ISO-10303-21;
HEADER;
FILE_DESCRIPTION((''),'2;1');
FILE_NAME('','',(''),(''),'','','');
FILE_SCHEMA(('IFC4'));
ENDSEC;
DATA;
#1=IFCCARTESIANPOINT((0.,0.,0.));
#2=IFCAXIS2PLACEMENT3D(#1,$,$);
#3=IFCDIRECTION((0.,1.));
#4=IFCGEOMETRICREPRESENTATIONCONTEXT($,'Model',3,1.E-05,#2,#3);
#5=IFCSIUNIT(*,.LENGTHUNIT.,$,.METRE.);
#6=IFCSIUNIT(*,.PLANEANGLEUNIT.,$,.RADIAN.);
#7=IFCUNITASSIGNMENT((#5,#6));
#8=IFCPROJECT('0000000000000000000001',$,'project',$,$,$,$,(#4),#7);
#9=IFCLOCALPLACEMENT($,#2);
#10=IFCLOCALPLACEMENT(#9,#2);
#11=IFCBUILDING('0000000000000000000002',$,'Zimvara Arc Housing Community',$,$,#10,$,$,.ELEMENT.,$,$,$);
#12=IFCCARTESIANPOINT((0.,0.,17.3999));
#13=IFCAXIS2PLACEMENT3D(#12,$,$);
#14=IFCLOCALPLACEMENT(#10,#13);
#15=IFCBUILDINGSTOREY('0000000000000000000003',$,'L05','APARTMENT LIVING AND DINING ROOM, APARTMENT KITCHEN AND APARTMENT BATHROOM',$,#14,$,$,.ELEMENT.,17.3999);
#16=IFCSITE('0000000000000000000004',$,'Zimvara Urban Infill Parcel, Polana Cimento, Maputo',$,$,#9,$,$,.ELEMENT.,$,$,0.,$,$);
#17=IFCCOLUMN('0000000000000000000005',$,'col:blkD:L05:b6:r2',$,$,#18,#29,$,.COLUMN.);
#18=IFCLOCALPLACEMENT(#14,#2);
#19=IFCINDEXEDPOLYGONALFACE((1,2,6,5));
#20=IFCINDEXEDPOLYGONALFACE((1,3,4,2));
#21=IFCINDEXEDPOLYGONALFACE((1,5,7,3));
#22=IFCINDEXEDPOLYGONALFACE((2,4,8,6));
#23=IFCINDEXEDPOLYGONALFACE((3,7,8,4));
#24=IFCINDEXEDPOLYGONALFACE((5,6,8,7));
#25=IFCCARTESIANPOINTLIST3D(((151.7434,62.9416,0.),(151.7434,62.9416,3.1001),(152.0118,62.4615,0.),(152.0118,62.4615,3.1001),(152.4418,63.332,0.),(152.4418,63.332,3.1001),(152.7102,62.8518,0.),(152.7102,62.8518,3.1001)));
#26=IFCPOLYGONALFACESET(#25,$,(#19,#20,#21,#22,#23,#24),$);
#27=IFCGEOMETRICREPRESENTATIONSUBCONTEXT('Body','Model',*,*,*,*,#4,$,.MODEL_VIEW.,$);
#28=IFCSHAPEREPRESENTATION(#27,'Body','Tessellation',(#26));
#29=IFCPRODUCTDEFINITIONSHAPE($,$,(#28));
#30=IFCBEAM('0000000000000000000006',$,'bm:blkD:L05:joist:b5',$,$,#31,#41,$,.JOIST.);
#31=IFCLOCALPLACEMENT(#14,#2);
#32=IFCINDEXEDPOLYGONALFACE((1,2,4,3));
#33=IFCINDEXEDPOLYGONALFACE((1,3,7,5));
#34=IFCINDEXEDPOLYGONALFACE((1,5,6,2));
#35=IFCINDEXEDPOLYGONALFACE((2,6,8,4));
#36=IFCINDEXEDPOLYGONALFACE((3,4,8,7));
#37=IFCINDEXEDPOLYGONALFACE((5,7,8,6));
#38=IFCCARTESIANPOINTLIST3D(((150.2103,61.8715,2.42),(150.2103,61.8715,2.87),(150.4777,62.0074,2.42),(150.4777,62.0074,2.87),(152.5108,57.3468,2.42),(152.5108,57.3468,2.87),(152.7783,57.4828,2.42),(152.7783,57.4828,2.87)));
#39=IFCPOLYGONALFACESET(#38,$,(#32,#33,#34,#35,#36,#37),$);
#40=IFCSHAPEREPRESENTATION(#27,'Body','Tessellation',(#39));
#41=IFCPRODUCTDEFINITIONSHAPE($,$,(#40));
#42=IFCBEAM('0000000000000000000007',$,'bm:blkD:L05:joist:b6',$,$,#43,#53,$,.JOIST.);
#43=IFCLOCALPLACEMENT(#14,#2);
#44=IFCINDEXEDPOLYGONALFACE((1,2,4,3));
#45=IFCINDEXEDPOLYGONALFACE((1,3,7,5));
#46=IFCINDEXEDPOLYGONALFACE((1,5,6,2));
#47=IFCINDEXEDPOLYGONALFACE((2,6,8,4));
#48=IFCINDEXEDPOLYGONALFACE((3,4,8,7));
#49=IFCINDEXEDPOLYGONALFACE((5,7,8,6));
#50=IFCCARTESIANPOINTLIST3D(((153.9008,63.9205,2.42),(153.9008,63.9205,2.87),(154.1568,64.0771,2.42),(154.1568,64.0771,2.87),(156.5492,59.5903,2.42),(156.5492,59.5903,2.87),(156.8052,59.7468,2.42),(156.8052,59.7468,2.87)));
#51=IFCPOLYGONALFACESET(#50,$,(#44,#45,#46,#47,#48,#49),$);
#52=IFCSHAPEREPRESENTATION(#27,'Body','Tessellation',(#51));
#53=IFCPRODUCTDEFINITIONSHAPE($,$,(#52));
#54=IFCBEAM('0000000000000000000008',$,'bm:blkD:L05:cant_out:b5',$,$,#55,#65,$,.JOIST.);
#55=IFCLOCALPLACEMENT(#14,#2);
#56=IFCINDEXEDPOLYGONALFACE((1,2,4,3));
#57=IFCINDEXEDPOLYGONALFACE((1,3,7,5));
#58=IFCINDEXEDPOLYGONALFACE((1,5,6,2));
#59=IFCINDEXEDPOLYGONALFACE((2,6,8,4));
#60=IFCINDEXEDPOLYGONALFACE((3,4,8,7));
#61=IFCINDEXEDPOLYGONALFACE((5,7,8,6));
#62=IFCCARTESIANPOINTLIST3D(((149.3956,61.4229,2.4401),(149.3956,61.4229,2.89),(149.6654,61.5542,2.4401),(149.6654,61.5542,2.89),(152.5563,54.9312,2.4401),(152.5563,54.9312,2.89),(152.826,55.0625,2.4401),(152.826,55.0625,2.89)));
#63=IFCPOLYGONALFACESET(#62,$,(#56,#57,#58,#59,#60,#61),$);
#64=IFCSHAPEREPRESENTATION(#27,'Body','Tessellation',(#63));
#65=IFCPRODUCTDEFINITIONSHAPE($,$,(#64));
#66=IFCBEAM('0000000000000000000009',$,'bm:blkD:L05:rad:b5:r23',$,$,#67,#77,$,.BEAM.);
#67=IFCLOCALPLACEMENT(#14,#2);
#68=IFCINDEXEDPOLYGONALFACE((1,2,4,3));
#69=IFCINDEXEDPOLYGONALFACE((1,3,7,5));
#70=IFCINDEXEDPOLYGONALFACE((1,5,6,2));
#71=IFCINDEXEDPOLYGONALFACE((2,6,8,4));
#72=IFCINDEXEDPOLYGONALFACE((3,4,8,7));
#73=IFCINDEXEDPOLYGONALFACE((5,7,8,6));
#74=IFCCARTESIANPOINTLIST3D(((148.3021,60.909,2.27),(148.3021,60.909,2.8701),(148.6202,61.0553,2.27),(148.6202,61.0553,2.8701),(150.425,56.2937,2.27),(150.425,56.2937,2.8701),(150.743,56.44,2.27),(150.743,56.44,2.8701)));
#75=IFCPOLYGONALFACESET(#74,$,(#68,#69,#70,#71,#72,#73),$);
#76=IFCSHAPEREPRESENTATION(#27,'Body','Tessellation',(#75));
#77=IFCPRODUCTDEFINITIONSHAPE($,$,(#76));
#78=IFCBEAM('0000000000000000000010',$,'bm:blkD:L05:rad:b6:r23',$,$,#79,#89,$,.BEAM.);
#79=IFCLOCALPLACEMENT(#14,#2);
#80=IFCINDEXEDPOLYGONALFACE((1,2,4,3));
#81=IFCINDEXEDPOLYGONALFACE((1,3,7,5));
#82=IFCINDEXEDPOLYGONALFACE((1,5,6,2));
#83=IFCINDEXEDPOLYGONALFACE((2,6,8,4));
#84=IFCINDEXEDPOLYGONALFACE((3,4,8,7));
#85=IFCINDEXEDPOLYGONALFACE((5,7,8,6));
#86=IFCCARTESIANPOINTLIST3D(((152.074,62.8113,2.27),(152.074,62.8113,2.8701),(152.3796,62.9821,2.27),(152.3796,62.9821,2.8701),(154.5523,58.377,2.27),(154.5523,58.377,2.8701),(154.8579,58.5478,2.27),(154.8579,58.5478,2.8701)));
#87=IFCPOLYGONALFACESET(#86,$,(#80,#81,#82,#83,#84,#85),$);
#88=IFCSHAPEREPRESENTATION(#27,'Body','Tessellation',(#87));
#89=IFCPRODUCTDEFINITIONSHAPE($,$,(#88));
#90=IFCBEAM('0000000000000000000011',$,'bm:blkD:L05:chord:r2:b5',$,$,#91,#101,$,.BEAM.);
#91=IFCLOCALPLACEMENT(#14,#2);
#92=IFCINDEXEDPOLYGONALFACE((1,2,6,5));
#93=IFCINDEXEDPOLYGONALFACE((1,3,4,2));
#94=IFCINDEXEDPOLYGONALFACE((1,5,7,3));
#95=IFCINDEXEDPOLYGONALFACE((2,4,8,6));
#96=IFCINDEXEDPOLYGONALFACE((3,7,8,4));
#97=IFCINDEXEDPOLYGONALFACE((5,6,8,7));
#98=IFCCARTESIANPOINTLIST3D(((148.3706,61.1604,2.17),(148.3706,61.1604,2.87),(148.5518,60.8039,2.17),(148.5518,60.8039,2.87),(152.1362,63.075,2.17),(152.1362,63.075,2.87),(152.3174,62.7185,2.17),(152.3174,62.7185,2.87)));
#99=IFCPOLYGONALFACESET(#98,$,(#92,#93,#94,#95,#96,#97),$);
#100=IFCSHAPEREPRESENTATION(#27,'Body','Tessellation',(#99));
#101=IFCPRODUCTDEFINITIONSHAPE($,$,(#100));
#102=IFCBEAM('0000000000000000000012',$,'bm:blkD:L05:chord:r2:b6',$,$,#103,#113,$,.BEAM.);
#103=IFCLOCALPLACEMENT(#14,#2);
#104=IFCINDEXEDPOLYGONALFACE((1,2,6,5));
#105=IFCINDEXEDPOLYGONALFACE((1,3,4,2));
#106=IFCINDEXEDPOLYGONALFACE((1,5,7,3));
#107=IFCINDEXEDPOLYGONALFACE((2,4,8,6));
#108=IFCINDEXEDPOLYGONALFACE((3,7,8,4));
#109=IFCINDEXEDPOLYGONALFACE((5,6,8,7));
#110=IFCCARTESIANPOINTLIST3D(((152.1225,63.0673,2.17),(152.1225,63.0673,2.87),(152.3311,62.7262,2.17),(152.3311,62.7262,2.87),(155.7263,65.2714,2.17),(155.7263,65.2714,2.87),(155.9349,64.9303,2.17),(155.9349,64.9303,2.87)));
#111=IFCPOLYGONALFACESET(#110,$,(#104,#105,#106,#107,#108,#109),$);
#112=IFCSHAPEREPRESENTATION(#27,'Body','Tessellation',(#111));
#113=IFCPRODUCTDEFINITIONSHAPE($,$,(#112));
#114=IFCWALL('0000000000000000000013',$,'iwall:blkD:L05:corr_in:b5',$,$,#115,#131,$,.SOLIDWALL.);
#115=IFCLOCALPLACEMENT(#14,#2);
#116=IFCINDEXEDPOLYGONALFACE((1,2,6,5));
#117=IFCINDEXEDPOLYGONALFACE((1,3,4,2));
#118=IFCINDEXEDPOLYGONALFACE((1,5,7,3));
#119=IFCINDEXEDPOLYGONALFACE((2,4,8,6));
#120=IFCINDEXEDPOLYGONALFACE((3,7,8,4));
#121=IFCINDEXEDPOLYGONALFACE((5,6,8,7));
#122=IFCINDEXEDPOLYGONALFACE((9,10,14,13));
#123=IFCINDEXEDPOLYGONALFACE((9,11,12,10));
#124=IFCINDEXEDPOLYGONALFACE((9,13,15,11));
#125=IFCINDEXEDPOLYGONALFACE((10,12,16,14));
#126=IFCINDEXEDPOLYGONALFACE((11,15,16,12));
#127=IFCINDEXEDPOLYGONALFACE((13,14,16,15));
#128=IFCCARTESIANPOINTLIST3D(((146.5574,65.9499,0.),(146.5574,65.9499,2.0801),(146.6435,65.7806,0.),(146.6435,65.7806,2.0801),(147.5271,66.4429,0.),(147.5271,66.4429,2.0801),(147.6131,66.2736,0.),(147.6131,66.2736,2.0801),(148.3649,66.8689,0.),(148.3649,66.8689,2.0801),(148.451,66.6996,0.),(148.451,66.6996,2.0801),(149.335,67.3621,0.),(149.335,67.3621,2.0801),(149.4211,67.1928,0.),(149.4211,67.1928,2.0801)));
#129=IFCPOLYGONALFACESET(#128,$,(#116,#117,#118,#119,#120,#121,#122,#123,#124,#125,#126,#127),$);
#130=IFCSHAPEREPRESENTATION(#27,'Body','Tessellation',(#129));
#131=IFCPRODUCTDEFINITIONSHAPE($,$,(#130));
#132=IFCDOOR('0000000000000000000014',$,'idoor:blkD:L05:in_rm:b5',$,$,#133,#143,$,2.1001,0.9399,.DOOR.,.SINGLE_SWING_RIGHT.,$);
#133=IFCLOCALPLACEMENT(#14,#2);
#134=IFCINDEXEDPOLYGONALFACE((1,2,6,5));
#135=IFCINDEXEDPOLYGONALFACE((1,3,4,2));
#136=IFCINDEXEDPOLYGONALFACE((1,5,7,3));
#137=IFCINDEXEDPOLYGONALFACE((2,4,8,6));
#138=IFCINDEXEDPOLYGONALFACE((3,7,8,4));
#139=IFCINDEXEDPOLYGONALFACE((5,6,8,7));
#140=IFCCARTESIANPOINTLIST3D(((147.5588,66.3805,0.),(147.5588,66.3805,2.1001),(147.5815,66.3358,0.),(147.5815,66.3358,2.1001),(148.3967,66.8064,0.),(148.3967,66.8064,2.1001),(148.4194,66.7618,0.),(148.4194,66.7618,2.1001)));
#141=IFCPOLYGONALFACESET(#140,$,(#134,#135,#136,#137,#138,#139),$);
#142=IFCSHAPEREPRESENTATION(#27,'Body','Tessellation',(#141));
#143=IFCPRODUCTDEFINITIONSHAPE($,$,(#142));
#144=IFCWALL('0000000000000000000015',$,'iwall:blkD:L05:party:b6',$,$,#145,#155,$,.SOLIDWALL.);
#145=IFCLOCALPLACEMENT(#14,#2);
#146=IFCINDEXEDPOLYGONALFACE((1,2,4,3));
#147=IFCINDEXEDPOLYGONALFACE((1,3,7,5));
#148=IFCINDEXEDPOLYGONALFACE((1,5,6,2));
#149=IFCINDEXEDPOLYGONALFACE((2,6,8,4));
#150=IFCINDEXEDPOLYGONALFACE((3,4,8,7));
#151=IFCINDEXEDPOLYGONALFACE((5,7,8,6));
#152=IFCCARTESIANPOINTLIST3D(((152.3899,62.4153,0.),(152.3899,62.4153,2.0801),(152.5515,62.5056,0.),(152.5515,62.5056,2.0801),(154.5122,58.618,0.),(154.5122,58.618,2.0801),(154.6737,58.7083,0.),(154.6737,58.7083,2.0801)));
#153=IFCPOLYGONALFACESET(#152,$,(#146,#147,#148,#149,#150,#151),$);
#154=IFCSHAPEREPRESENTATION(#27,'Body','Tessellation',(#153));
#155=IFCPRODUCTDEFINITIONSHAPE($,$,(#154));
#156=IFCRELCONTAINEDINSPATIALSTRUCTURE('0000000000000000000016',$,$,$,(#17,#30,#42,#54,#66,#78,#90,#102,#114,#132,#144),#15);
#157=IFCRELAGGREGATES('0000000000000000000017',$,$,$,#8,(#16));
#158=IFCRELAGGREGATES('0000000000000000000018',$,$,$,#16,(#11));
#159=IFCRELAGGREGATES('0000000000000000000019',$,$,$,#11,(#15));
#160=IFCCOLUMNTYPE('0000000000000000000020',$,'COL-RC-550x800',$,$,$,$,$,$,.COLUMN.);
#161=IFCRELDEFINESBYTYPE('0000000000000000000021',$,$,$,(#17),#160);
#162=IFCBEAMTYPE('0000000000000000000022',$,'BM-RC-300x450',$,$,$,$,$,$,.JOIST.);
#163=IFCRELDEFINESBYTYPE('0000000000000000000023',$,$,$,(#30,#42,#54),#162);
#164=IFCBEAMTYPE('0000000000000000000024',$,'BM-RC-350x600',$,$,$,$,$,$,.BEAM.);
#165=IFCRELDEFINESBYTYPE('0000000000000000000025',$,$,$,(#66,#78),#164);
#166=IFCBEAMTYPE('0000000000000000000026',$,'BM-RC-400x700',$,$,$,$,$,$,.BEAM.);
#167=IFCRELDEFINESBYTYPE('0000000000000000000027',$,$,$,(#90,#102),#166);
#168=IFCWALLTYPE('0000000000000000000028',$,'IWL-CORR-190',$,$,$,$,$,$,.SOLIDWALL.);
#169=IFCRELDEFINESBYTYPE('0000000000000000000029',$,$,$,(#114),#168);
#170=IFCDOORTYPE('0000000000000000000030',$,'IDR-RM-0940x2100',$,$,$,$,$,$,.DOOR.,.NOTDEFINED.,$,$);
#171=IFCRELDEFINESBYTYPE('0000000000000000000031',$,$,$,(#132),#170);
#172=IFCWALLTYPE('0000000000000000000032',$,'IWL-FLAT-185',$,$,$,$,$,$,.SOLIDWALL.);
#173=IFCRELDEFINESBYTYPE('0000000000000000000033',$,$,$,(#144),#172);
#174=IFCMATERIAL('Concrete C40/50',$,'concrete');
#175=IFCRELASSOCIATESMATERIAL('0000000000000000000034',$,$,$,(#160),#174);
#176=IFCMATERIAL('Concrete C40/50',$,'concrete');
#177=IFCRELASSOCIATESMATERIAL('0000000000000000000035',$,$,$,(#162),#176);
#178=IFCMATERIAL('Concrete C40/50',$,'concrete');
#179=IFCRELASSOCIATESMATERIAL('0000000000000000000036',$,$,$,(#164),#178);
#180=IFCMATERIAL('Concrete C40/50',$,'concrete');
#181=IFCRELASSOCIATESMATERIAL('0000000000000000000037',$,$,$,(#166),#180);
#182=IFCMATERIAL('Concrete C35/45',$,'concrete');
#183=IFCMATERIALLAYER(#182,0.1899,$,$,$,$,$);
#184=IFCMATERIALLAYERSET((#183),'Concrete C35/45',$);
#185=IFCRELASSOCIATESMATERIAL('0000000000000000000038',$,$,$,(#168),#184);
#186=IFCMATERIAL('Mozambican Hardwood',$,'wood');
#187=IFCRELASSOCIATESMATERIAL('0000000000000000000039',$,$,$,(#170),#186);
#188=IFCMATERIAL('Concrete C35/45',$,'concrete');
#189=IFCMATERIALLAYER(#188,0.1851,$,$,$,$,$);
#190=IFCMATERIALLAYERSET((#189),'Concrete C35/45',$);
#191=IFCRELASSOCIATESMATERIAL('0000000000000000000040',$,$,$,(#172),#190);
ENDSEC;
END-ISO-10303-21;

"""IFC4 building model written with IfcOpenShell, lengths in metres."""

from ifc_helpers import new_model, si_unit, direction, frame, frame_2d, origin, origin_2d, place, context, subcontext, project, spatial, rectangle, extrude, material, layer, layer_set, material_profile, profile_set, type_object, element, fill, save


model = new_model("IFC4")

# Units and contexts
model_context = context("Model", 3, precision=1e-05, world=origin(), true_north=direction((0.0, 1.0)))
body_context = subcontext(model_context, "Body", "Model", "MODEL_VIEW")
ifc_project = project(units=[si_unit("LENGTHUNIT", "METRE"), si_unit("PLANEANGLEUNIT", "RADIAN")], contexts=[model_context])

# Site, building, storey
site_placement = place(None, origin())
site = spatial("IfcSite", under=ifc_project, at=site_placement, Name="Zimvara Urban Infill Parcel, Polana Cimento, Maputo", CompositionType="ELEMENT", RefElevation=0.0)
building_placement = place(site_placement, origin())
building = spatial("IfcBuilding", under=site, at=building_placement, Name="Zimvara Arc Housing Community", CompositionType="ELEMENT")
storey_placement = place(building_placement, frame((0.0, 0.0, 17.3999)))
storey = spatial("IfcBuildingStorey", under=building, at=storey_placement, Name="L05", Description="APARTMENT LIVING AND DINING ROOM, APARTMENT KITCHEN AND APARTMENT BATHROOM", CompositionType="ELEMENT", Elevation=17.3999)

# Column
ifc_material_1 = material(Name="Concrete C40/50", Category="concrete")
ifc_material_profile_1 = material_profile(ifc_material_1, rectangle(XDim=0.55, YDim=0.8, at=origin_2d()), Name="RC 550x800")
ifc_profile_set_1 = profile_set([ifc_material_profile_1], Name="Concrete C40/50")
column_type = type_object("IfcColumnType", Name="COL-RC-550x800", PredefinedType="COLUMN", material=ifc_profile_set_1)
column_placement = place(storey_placement, frame((152.2268, 62.8967, 0.0), z_axis=(0.0, 0.0, 1.0), x_axis=(0.48786, -0.872922, 0.0)))
element("IfcColumn", 1, at=column_placement, inside=storey, type_object=column_type, Name="col:blkD:L05:b6:r2", PredefinedType="COLUMN", context=body_context, shape_type="SweptSolid", body=[
    extrude(rectangle(XDim=0.55, YDim=0.8, at=origin_2d()), origin(), (0.0, 0.0, 1.0), 3.1001),
])

# Beams
ifc_material_2 = material(Name="Concrete C40/50", Category="concrete")
ifc_material_profile_2 = material_profile(ifc_material_2, rectangle(XDim=0.3, YDim=0.45, at=origin_2d()), Name="RC 300x450")
ifc_profile_set_2 = profile_set([ifc_material_profile_2], Name="Concrete C40/50")
beam_type_1 = type_object("IfcBeamType", Name="BM-RC-300x450", PredefinedType="JOIST", material=ifc_profile_set_2)
for number, where, z_axis, x_axis, name in (
    (2, (150.344, 61.9395, 2.645), (0.453225, -0.891396, 0.0), (0.891396, 0.453225, 0.0), "bm:blkD:L05:joist:b5"),
    (3, (154.0288, 63.9988, 2.645), (0.521755, -0.853095, 0.0), (0.853095, 0.521755, 0.0), "bm:blkD:L05:joist:b6"),
):
    element("IfcBeam", number, at=place(storey_placement, frame(where, z_axis=z_axis, x_axis=x_axis)), inside=storey, type_object=beam_type_1, Name=name, PredefinedType="JOIST", context=body_context, shape_type="SweptSolid", body=[
        extrude(rectangle(XDim=0.3, YDim=0.45, at=origin_2d()), origin(), (0.0, 0.0, 1.0), 5.0759),
    ])
beam_1_placement = place(storey_placement, frame((149.5305, 61.4885, 2.665), z_axis=(0.437748, -0.899098, 0.0), x_axis=(0.899098, 0.437748, 0.0)))
element("IfcBeam", 4, at=beam_1_placement, inside=storey, type_object=beam_type_1, Name="bm:blkD:L05:cant_out:b5", PredefinedType="JOIST", context=body_context, shape_type="SweptSolid", body=[
    extrude(rectangle(XDim=0.3, YDim=0.45, at=origin_2d()), origin(), (0.0, 0.0, 1.0), 7.2202),
])
ifc_material_3 = material(Name="Concrete C40/50", Category="concrete")
ifc_material_profile_3 = material_profile(ifc_material_3, rectangle(XDim=0.3501, YDim=0.6001, at=origin_2d()), Name="RC 350x600")
ifc_profile_set_3 = profile_set([ifc_material_profile_3], Name="Concrete C40/50")
beam_type_2 = type_object("IfcBeamType", Name="BM-RC-350x600", PredefinedType="BEAM", material=ifc_profile_set_3)
beam_2_placement = place(storey_placement, frame((148.4612, 60.9822, 2.5701), z_axis=(0.417872, -0.908506, 0.0), x_axis=(0.908506, 0.417872, 0.0)))
element("IfcBeam", 5, at=beam_2_placement, inside=storey, type_object=beam_type_2, Name="bm:blkD:L05:rad:b5:r23", PredefinedType="BEAM", context=body_context, shape_type="SweptSolid", body=[
    extrude(rectangle(XDim=0.3501, YDim=0.6001, at=origin_2d()), origin(), (0.0, 0.0, 1.0), 5.0801),
])
beam_3_placement = place(storey_placement, frame((152.2268, 62.8967, 2.5701), z_axis=(0.487861, -0.872921, 0.0), x_axis=(0.872921, 0.487861, 0.0)))
element("IfcBeam", 6, at=beam_3_placement, inside=storey, type_object=beam_type_2, Name="bm:blkD:L05:rad:b6:r23", PredefinedType="BEAM", context=body_context, shape_type="SweptSolid", body=[
    extrude(rectangle(XDim=0.3501, YDim=0.6001, at=origin_2d()), origin(), (0.0, 0.0, 1.0), 5.0798),
])
ifc_material_4 = material(Name="Concrete C40/50", Category="concrete")
ifc_material_profile_4 = material_profile(ifc_material_4, rectangle(XDim=0.3999, YDim=0.7, at=origin_2d()), Name="RC 400x700")
ifc_profile_set_4 = profile_set([ifc_material_profile_4], Name="Concrete C40/50")
beam_type_3 = type_object("IfcBeamType", Name="BM-RC-400x700", PredefinedType="BEAM", material=ifc_profile_set_4)
for number, where, z_axis, x_axis, name in (
    (7, (148.4612, 60.9822, 2.52), (0.891402, 0.453214, 0.0), (-0.453214, 0.891402, 0.0), "bm:blkD:L05:chord:r2:b5"),
    (8, (152.2268, 62.8967, 2.52), (0.853092, 0.521761, 0.0), (-0.521761, 0.853092, 0.0), "bm:blkD:L05:chord:r2:b6"),
):
    element("IfcBeam", number, at=place(storey_placement, frame(where, z_axis=z_axis, x_axis=x_axis)), inside=storey, type_object=beam_type_3, Name=name, PredefinedType="BEAM", context=body_context, shape_type="SweptSolid", body=[
        extrude(rectangle(XDim=0.3999, YDim=0.7, at=origin_2d()), origin(), (0.0, 0.0, 1.0), 4.2244),
    ])

# Wall, opening, door
ifc_material_5 = material(Name="Concrete C35/45", Category="concrete")
ifc_layer_1 = layer(ifc_material_5, 0.1899)
ifc_layer_set_1 = layer_set([ifc_layer_1], Name="Concrete C35/45")
wall_type_1 = type_object("IfcWallType", Name="IWL-CORR-190", PredefinedType="SOLIDWALL", material=ifc_layer_set_1)
wall_1_placement = place(storey_placement, frame((146.6003, 65.8652, 0.0), z_axis=(0.0, 0.0, 1.0), x_axis=(0.891414, 0.45319, 0.0)))
wall_1 = element("IfcWall", 9, at=wall_1_placement, inside=storey, type_object=wall_type_1, Name="iwall:blkD:L05:corr_in:b5", PredefinedType="SOLIDWALL", context=body_context, shape_type="SweptSolid", body=[
    extrude(rectangle(XDim=3.116, YDim=0.1899, at=frame_2d((1.5581, 0.0))), origin(), (0.0, 0.0, 1.0), 2.0801),
])
opening_1_placement = place(wall_1_placement, frame((1.0879, 0.0, 0.0)))
opening_1 = element("IfcOpeningElement", 10, at=opening_1_placement, cuts=wall_1, PredefinedType="OPENING", context=body_context, shape_type="SweptSolid", body=[
    extrude(rectangle(XDim=0.9399, YDim=2.1001, at=frame_2d((0.47, 1.05))), frame((0.0, 0.105, 0.0), z_axis=(0.0, -1.0, 0.0), x_axis=(1.0, 0.0, 0.0)), (0.0, 0.0, 1.0), 0.21),
])
ifc_material_6 = material(Name="Mozambican Hardwood", Category="wood")
door_type_1 = type_object("IfcDoorType", Name="IDR-RM-0940x2100", OperationType="NOTDEFINED", PredefinedType="DOOR", material=ifc_material_6)
door_1_placement = place(opening_1_placement, origin())
door_1 = element("IfcDoor", 11, at=door_1_placement, inside=storey, type_object=door_type_1, Name="idoor:blkD:L05:in_rm:b5", OperationType="SINGLE_SWING_RIGHT", OverallHeight=2.1001, OverallWidth=0.9399, PredefinedType="DOOR", context=body_context, shape_type="SweptSolid", body=[
    extrude(rectangle(XDim=0.9399, YDim=2.1001, at=frame_2d((0.47, 1.05))), frame((0.0, 0.0249, 0.0), z_axis=(0.0, -1.0, 0.0), x_axis=(1.0, 0.0, 0.0)), (0.0, 0.0, 1.0), 0.05),
])
fill(opening_1, door_1)

# Wall
ifc_material_7 = material(Name="Concrete C35/45", Category="concrete")
ifc_layer_2 = layer(ifc_material_7, 0.1851)
ifc_layer_set_2 = layer_set([ifc_layer_2], Name="Concrete C35/45")
wall_type_2 = type_object("IfcWallType", Name="IWL-FLAT-185", PredefinedType="SOLIDWALL", material=ifc_layer_set_2)
wall_2_placement = place(storey_placement, frame((152.4707, 62.4604, 0.0), z_axis=(0.0, 0.0, 1.0), x_axis=(0.487867, -0.872918, 0.0)))
element("IfcWall", 12, at=wall_2_placement, inside=storey, type_object=wall_type_2, Name="iwall:blkD:L05:party:b6", PredefinedType="SOLIDWALL", context=body_context, shape_type="SweptSolid", body=[
    extrude(rectangle(XDim=4.3501, YDim=0.1851, at=frame_2d((2.175, 0.0))), origin(), (0.0, 0.0, 1.0), 2.0801),
])

save(model, "model.ifc")
